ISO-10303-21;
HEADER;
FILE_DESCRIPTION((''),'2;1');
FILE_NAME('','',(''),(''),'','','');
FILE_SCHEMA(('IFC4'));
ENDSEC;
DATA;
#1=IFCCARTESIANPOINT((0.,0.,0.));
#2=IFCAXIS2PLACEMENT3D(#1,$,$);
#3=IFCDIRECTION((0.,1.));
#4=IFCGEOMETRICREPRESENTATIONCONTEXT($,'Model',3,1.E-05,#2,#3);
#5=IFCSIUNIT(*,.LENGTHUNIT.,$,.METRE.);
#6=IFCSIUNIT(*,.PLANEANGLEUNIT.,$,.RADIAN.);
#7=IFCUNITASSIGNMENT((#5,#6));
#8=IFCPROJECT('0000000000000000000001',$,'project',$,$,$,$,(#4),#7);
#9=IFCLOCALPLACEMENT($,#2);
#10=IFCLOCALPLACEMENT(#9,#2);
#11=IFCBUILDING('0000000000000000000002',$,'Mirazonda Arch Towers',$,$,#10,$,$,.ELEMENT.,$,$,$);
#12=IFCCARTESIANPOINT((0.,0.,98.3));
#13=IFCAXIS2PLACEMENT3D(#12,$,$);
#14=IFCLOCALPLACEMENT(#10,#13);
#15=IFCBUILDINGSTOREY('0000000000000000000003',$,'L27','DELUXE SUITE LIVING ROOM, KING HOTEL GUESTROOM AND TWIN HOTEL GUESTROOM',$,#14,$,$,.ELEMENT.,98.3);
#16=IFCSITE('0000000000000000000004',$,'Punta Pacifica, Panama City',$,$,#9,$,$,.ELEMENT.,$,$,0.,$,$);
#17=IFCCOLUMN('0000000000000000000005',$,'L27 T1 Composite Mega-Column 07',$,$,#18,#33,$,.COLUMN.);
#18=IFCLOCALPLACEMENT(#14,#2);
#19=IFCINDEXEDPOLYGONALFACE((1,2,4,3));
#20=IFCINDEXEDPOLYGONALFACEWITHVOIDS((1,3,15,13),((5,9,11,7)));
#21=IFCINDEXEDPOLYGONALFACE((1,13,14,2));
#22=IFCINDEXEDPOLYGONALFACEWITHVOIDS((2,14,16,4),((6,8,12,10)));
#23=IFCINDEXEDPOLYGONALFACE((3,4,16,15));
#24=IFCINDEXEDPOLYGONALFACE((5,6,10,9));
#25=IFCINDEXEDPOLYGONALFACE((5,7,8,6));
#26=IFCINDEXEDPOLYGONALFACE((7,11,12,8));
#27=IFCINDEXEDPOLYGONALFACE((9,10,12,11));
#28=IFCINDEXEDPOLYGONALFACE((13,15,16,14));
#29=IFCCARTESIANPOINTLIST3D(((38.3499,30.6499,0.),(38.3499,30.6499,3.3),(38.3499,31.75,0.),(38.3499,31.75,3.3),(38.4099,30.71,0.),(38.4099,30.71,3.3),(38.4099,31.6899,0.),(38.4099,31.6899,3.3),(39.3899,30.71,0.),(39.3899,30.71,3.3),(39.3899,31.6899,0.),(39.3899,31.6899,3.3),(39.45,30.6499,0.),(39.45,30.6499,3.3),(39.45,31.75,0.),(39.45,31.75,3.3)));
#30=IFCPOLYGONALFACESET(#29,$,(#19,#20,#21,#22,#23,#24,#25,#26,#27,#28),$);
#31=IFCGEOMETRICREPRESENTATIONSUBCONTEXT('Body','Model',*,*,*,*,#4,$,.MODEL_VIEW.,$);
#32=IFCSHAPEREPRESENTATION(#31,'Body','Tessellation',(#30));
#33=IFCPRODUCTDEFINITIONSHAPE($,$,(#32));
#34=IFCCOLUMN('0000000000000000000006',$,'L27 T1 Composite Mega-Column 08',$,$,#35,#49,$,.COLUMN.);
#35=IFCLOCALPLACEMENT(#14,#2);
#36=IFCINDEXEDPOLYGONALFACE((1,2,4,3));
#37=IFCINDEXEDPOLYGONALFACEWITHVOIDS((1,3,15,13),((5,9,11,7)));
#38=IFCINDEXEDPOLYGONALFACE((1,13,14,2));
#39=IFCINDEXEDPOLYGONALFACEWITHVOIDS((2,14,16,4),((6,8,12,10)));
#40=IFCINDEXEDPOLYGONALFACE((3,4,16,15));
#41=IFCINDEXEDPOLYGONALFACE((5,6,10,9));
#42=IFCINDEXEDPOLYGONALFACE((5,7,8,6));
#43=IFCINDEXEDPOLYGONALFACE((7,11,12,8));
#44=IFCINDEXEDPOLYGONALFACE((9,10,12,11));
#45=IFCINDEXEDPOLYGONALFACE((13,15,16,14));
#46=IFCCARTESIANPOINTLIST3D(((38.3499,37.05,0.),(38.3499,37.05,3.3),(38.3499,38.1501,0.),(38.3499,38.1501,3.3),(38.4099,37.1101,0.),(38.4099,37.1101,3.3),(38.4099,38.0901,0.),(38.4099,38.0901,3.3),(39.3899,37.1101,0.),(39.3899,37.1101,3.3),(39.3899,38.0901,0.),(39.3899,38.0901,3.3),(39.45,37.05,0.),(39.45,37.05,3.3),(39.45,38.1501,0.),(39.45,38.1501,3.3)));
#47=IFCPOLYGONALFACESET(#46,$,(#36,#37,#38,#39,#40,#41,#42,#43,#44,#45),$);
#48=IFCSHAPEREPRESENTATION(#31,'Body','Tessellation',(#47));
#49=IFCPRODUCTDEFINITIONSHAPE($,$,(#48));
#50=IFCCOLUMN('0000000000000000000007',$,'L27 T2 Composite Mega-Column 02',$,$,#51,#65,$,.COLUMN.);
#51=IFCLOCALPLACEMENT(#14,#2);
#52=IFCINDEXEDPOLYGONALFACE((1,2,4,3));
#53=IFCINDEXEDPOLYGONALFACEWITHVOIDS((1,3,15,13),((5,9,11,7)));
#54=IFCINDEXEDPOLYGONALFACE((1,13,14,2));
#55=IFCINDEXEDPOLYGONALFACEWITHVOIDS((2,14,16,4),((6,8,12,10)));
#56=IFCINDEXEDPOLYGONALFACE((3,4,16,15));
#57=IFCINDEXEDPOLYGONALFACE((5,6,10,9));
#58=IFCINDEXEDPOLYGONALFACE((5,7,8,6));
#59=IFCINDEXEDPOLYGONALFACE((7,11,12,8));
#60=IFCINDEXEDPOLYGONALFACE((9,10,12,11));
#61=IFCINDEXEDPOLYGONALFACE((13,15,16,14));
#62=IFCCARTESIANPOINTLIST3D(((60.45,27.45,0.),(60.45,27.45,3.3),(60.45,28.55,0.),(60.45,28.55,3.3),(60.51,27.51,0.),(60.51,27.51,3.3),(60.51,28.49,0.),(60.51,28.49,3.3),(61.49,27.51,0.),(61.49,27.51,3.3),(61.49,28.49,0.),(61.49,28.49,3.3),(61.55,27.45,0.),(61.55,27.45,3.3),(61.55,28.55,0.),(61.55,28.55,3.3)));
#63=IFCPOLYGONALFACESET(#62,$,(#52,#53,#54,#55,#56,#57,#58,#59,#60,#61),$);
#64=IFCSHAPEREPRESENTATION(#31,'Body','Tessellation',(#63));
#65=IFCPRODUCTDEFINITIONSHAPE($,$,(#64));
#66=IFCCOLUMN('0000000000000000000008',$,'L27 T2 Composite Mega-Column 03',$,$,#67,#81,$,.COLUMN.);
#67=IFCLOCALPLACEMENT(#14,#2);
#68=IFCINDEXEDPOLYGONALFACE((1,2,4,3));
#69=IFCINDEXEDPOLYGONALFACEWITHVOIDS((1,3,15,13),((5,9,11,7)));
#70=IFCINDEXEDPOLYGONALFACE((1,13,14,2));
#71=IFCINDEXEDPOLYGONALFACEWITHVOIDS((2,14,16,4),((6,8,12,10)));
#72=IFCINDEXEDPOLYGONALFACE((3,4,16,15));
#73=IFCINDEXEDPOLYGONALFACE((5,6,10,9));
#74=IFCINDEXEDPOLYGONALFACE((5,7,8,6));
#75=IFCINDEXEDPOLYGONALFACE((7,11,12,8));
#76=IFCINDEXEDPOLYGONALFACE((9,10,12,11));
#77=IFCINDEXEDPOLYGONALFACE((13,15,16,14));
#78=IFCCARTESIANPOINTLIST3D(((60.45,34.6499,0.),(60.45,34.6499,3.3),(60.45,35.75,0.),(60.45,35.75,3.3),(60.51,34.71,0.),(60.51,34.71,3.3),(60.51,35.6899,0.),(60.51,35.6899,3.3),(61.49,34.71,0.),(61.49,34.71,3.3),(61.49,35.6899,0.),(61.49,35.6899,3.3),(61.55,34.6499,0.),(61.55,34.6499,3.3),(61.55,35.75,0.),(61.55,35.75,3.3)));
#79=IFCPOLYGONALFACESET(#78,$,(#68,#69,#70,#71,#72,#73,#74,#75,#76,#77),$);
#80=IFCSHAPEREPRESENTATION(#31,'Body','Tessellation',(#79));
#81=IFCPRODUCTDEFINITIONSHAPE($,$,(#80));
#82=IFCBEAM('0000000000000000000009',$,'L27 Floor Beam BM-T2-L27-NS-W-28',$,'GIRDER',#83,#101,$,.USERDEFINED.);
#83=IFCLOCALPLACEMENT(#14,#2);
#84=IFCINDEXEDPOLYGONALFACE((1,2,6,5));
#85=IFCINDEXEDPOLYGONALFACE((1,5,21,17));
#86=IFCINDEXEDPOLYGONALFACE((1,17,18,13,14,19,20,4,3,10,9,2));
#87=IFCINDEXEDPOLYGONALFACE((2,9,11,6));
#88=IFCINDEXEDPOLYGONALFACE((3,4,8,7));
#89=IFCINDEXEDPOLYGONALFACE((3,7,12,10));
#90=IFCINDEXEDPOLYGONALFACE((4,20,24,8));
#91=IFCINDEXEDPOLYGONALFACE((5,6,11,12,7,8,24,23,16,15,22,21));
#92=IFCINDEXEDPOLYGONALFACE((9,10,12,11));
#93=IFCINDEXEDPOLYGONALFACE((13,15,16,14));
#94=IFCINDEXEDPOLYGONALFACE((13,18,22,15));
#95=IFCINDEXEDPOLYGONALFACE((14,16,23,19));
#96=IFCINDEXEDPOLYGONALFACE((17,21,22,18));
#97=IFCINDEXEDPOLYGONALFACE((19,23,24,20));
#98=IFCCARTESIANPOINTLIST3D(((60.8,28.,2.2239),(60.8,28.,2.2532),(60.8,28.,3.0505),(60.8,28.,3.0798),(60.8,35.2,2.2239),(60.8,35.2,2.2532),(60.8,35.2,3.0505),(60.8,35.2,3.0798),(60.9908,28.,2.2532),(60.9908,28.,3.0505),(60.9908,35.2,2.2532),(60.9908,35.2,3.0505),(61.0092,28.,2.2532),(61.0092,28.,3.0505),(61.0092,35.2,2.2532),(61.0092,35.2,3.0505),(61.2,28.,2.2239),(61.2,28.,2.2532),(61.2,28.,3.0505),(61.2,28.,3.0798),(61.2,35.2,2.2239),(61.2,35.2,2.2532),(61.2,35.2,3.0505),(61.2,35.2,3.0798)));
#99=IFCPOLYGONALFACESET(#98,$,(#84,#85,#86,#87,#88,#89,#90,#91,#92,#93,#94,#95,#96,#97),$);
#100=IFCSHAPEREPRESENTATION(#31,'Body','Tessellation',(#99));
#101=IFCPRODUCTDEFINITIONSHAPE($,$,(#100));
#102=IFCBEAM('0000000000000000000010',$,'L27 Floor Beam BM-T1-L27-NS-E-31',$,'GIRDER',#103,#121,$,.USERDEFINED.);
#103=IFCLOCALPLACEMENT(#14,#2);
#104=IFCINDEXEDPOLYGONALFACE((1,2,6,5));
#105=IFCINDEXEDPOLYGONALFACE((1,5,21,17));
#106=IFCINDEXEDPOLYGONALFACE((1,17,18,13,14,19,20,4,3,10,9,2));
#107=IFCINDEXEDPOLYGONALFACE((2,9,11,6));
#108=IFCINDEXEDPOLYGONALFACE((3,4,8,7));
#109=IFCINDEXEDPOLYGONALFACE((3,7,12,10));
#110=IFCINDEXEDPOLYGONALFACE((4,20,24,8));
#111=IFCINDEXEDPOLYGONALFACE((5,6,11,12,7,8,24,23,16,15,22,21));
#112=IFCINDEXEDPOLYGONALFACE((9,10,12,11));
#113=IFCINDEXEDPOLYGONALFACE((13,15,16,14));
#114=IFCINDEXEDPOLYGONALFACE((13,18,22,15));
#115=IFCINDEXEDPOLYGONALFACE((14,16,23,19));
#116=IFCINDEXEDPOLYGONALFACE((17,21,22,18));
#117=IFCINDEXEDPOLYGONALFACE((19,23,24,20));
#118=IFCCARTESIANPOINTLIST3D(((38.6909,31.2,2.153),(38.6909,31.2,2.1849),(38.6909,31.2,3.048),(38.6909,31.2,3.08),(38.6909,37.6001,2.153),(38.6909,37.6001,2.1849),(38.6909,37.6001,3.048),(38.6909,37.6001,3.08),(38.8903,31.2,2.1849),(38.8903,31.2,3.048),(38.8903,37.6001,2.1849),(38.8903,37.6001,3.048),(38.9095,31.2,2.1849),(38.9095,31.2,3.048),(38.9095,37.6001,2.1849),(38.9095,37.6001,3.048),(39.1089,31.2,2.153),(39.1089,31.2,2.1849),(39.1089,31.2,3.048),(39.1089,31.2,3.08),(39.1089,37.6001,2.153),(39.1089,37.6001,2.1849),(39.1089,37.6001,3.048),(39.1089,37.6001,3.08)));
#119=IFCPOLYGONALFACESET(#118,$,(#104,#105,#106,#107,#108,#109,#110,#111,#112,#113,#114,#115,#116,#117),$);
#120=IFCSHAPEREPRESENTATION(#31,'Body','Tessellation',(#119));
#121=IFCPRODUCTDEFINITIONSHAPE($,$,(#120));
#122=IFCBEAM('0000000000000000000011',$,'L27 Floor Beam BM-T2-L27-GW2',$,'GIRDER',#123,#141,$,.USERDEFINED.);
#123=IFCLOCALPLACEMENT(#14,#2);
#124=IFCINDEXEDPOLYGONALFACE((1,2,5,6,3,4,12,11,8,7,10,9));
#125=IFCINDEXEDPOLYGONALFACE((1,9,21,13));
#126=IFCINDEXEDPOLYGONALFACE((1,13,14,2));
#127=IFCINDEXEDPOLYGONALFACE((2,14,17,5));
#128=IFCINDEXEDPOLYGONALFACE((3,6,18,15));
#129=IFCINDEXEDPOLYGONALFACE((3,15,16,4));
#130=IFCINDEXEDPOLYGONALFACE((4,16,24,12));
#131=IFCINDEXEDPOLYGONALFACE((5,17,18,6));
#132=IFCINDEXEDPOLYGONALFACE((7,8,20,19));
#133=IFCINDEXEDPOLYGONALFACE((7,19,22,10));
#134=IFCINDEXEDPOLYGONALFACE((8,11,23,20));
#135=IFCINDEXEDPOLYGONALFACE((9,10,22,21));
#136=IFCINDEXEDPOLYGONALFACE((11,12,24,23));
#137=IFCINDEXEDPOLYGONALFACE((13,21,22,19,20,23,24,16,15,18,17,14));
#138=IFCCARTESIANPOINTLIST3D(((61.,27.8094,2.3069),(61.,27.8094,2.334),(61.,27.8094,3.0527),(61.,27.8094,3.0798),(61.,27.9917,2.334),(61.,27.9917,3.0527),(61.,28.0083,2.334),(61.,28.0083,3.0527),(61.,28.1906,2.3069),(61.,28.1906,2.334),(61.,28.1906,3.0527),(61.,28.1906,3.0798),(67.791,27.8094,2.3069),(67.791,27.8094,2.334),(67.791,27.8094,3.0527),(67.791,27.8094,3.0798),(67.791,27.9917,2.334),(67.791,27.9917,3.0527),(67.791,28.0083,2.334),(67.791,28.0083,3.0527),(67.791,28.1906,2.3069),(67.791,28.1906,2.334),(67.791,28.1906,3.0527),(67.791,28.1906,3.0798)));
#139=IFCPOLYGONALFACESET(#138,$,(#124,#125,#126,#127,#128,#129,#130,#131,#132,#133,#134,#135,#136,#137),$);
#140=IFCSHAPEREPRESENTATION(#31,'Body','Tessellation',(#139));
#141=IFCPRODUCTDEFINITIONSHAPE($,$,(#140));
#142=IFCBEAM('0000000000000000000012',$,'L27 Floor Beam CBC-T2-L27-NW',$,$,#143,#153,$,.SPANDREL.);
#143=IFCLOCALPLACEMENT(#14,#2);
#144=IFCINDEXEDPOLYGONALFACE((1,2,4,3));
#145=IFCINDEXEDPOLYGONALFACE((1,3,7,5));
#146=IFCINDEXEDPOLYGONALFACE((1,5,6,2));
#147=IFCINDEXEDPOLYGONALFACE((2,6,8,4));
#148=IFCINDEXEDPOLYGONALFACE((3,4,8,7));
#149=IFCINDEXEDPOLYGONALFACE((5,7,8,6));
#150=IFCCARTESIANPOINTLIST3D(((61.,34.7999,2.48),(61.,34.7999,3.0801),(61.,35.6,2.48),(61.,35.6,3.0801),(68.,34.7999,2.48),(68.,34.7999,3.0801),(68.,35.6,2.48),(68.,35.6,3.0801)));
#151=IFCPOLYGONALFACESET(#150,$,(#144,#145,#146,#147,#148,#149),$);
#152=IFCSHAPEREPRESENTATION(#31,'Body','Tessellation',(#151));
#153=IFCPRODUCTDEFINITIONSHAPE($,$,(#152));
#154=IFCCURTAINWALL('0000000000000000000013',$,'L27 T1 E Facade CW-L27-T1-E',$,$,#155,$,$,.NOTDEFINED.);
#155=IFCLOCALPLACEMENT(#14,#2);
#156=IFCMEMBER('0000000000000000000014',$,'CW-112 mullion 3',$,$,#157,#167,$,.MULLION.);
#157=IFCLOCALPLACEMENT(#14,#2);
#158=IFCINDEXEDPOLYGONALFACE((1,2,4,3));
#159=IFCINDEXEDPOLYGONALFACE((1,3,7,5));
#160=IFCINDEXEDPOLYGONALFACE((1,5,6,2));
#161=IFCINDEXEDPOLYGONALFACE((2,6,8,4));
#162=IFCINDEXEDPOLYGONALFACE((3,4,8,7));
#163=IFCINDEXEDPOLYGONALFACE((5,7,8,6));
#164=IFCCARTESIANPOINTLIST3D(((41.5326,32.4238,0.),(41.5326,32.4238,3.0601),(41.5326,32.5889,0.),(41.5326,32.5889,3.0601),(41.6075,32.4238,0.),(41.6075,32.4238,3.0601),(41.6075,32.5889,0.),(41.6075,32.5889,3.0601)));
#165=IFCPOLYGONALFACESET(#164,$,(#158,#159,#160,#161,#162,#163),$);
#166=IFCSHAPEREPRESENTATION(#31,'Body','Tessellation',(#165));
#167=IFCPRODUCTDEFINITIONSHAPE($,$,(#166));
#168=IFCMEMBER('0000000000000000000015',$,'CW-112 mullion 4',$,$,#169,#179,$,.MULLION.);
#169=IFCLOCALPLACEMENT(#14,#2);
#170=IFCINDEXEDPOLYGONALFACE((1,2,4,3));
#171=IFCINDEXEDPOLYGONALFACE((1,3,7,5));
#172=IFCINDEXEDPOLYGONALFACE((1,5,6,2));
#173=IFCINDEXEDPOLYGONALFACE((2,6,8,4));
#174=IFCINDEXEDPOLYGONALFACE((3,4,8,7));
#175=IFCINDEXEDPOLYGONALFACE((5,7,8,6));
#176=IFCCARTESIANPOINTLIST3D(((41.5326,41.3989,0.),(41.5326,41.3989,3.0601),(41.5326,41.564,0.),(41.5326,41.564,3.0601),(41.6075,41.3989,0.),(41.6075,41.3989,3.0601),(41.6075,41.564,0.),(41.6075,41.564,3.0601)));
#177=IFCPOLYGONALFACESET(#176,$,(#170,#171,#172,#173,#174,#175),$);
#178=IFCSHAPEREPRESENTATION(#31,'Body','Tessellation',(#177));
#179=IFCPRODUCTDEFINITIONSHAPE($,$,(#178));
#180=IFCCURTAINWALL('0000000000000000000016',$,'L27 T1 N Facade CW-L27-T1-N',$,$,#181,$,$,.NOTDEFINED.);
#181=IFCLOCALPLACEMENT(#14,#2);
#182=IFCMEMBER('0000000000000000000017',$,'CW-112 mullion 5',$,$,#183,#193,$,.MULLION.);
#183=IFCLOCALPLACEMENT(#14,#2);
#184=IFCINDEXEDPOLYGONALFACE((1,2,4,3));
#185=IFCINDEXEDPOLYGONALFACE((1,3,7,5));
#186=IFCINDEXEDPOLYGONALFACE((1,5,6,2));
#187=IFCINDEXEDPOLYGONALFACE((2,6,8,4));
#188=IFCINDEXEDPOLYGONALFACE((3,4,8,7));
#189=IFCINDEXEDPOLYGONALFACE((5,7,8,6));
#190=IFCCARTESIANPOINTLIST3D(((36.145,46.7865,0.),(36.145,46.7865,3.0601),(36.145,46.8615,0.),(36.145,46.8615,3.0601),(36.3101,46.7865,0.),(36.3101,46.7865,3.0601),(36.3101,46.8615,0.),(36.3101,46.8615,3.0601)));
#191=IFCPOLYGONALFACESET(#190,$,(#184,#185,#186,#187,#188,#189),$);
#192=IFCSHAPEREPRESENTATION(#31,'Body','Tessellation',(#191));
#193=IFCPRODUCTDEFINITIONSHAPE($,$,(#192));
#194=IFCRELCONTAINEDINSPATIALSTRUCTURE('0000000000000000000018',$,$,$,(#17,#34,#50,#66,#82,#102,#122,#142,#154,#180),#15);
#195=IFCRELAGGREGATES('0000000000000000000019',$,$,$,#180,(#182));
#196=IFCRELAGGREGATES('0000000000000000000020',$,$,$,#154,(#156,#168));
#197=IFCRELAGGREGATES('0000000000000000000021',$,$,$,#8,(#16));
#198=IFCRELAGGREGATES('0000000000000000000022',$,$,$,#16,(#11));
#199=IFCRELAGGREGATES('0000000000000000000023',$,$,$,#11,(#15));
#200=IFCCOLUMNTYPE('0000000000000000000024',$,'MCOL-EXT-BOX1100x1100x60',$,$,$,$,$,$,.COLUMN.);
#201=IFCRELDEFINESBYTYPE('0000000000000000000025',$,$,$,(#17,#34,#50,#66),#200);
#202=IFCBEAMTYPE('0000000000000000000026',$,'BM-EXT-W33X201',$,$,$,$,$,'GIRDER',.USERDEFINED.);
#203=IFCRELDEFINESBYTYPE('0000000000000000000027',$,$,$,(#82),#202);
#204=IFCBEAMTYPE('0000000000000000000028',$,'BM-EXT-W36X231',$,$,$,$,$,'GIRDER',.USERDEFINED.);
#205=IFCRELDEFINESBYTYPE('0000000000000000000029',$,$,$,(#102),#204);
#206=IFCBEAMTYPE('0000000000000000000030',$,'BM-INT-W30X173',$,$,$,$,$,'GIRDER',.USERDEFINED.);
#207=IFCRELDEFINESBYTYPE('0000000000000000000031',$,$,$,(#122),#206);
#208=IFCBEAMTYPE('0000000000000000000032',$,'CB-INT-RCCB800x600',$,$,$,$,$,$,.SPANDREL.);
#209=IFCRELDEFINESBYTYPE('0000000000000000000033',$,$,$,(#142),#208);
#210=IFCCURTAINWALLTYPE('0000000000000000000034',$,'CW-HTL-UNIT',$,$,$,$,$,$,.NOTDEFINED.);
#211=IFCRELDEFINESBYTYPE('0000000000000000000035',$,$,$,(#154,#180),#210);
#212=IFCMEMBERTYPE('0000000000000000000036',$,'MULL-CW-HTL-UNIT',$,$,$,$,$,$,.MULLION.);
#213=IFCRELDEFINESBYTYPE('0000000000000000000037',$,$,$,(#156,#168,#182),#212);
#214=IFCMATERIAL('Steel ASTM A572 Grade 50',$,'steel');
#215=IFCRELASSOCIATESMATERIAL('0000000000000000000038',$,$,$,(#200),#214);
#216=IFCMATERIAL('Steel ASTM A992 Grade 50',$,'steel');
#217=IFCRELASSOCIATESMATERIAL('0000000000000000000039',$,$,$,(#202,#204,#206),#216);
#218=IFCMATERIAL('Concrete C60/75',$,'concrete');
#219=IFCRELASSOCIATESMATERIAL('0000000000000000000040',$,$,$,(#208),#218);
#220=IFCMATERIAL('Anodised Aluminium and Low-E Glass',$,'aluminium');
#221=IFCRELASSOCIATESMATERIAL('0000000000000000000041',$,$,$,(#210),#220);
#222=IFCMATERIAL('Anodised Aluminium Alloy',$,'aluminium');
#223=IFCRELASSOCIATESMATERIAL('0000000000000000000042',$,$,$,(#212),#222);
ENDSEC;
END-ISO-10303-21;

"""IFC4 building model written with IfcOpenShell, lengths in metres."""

from ifc_helpers import new_model, si_unit, direction, frame, origin, origin_2d, place, context, subcontext, project, spatial, rectangle, hollow_rectangle, i_section, extrude, material, material_profile, profile_set, type_object, element, aggregate, save


model = new_model("IFC4")

# Units and contexts
model_context = context("Model", 3, precision=1e-05, world=origin(), true_north=direction((0.0, 1.0)))
body_context = subcontext(model_context, "Body", "Model", "MODEL_VIEW")
ifc_project = project(units=[si_unit("LENGTHUNIT", "METRE"), si_unit("PLANEANGLEUNIT", "RADIAN")], contexts=[model_context])

# Site, building, storey
site_placement = place(None, origin())
site = spatial("IfcSite", under=ifc_project, at=site_placement, Name="Punta Pacifica, Panama City", CompositionType="ELEMENT", RefElevation=0.0)
building_placement = place(site_placement, origin())
building = spatial("IfcBuilding", under=site, at=building_placement, Name="Mirazonda Arch Towers", CompositionType="ELEMENT")
storey_placement = place(building_placement, frame((0.0, 0.0, 98.3)))
storey = spatial("IfcBuildingStorey", under=building, at=storey_placement, Name="L27", Description="DELUXE SUITE LIVING ROOM, KING HOTEL GUESTROOM AND TWIN HOTEL GUESTROOM", CompositionType="ELEMENT", Elevation=98.3)

# Columns
ifc_material_1 = material(Name="Steel ASTM A572 Grade 50", Category="steel")
ifc_material_profile_1 = material_profile(ifc_material_1, hollow_rectangle(XDim=1.1001, YDim=1.1001, WallThickness=0.0601, at=origin_2d()), Name="BOX1100x1100x60")
ifc_profile_set_1 = profile_set([ifc_material_profile_1], Name="Steel ASTM A572 Grade 50")
column_type = type_object("IfcColumnType", Name="MCOL-EXT-BOX1100x1100x60", PredefinedType="COLUMN", material=ifc_profile_set_1)
for number, where, z_axis, x_axis, name in (
    (1, (38.8999, 31.2, 0.0), (0.0, 0.0, 1.0), (1.0, 0.0, 0.0), "L27 T1 Composite Mega-Column 07"),
    (2, (38.8999, 37.6001, 0.0), (0.0, 0.0, 1.0), (1.0, 0.0, 0.0), "L27 T1 Composite Mega-Column 08"),
    (3, (61.0, 28.0, 0.0), (0.0, 0.0, 1.0), (1.0, 0.0, 0.0), "L27 T2 Composite Mega-Column 02"),
    (4, (61.0, 35.2, 0.0), (0.0, 0.0, 1.0), (1.0, 0.0, 0.0), "L27 T2 Composite Mega-Column 03"),
):
    element("IfcColumn", number, at=place(storey_placement, frame(where, z_axis=z_axis, x_axis=x_axis)), inside=storey, type_object=column_type, Name=name, PredefinedType="COLUMN", context=body_context, shape_type="SweptSolid", body=[
        extrude(hollow_rectangle(XDim=1.1001, YDim=1.1001, WallThickness=0.0601, at=origin_2d()), origin(), (0.0, 0.0, 1.0), 3.3),
    ])

# Beams
ifc_material_2 = material(Name="Steel ASTM A992 Grade 50", Category="steel")
ifc_material_profile_2 = material_profile(ifc_material_2, i_section(OverallWidth=0.3999, OverallDepth=0.856, WebThickness=0.0183, FlangeThickness=0.0293, at=origin_2d()), Name="W33X201")
ifc_profile_set_2 = profile_set([ifc_material_profile_2], Name="Steel ASTM A992 Grade 50")
beam_type_1 = type_object("IfcBeamType", Name="BM-EXT-W33X201", ElementType="GIRDER", PredefinedType="USERDEFINED", material=ifc_profile_set_2)
beam_1_placement = place(storey_placement, frame((61.0, 28.0, 2.6519), z_axis=(0.0, 1.0, 0.0), x_axis=(-1.0, 0.0, 0.0)))
element("IfcBeam", 5, at=beam_1_placement, inside=storey, type_object=beam_type_1, Name="L27 Floor Beam BM-T2-L27-NS-W-28", ObjectType="GIRDER", PredefinedType="USERDEFINED", context=body_context, shape_type="SweptSolid", body=[
    extrude(i_section(OverallWidth=0.3999, OverallDepth=0.856, WebThickness=0.0183, FlangeThickness=0.0293, at=origin_2d()), origin(), (0.0, 0.0, 1.0), 7.2),
])
ifc_material_profile_3 = material_profile(ifc_material_2, i_section(OverallWidth=0.418, OverallDepth=0.927, WebThickness=0.0193, FlangeThickness=0.032, at=origin_2d()), Name="W36X231")
ifc_profile_set_3 = profile_set([ifc_material_profile_3], Name="Steel ASTM A992 Grade 50")
beam_type_2 = type_object("IfcBeamType", Name="BM-EXT-W36X231", ElementType="GIRDER", PredefinedType="USERDEFINED", material=ifc_profile_set_3)
beam_2_placement = place(storey_placement, frame((38.8999, 31.2, 2.6165), z_axis=(0.0, 1.0, 0.0), x_axis=(-1.0, 0.0, 0.0)))
element("IfcBeam", 6, at=beam_2_placement, inside=storey, type_object=beam_type_2, Name="L27 Floor Beam BM-T1-L27-NS-E-31", ObjectType="GIRDER", PredefinedType="USERDEFINED", context=body_context, shape_type="SweptSolid", body=[
    extrude(i_section(OverallWidth=0.418, OverallDepth=0.927, WebThickness=0.0193, FlangeThickness=0.032, at=origin_2d()), origin(), (0.0, 0.0, 1.0), 6.4001),
])
ifc_material_profile_4 = material_profile(ifc_material_2, i_section(OverallWidth=0.3811, OverallDepth=0.7729, WebThickness=0.0166, FlangeThickness=0.0271, at=origin_2d()), Name="W30X173")
ifc_profile_set_4 = profile_set([ifc_material_profile_4], Name="Steel ASTM A992 Grade 50")
beam_type_3 = type_object("IfcBeamType", Name="BM-INT-W30X173", ElementType="GIRDER", PredefinedType="USERDEFINED", material=ifc_profile_set_4)
beam_3_placement = place(storey_placement, frame((61.0, 28.0, 2.6934), z_axis=(1.0, 0.0, 0.0), x_axis=(0.0, 1.0, 0.0)))
element("IfcBeam", 7, at=beam_3_placement, inside=storey, type_object=beam_type_3, Name="L27 Floor Beam BM-T2-L27-GW2", ObjectType="GIRDER", PredefinedType="USERDEFINED", context=body_context, shape_type="SweptSolid", body=[
    extrude(i_section(OverallWidth=0.3811, OverallDepth=0.7729, WebThickness=0.0166, FlangeThickness=0.0271, at=origin_2d()), origin(), (0.0, 0.0, 1.0), 6.791),
])
ifc_material_3 = material(Name="Concrete C60/75", Category="concrete")
ifc_material_profile_5 = material_profile(ifc_material_3, rectangle(XDim=0.8, YDim=0.6001, at=origin_2d()), Name="RCCB800x600")
ifc_profile_set_5 = profile_set([ifc_material_profile_5], Name="Concrete C60/75")
beam_type_4 = type_object("IfcBeamType", Name="CB-INT-RCCB800x600", PredefinedType="SPANDREL", material=ifc_profile_set_5)
beam_4_placement = place(storey_placement, frame((61.0, 35.2, 2.78), z_axis=(1.0, 0.0, 0.0), x_axis=(0.0, 1.0, 0.0)))
element("IfcBeam", 8, at=beam_4_placement, inside=storey, type_object=beam_type_4, Name="L27 Floor Beam CBC-T2-L27-NW", PredefinedType="SPANDREL", context=body_context, shape_type="SweptSolid", body=[
    extrude(rectangle(XDim=0.8, YDim=0.6001, at=origin_2d()), origin(), (0.0, 0.0, 1.0), 7.0),
])

# Curtain wall, members
ifc_material_4 = material(Name="Anodised Aluminium and Low-E Glass", Category="aluminium")
curtain_wall_type = type_object("IfcCurtainWallType", Name="CW-HTL-UNIT", PredefinedType="NOTDEFINED", material=ifc_material_4)
curtain_wall_1_placement = place(storey_placement, origin())
curtain_wall_1 = element("IfcCurtainWall", 9, at=curtain_wall_1_placement, inside=storey, type_object=curtain_wall_type, Name="L27 T1 E Facade CW-L27-T1-E", PredefinedType="NOTDEFINED")
ifc_material_5 = material(Name="Anodised Aluminium Alloy", Category="aluminium")
ifc_material_profile_6 = material_profile(ifc_material_5, rectangle(XDim=0.075, YDim=0.165, at=origin_2d()), Name="ALU-MULL-75x165")
ifc_profile_set_6 = profile_set([ifc_material_profile_6], Name="Anodised Aluminium Alloy")
member_type_1 = type_object("IfcMemberType", Name="MULL-CW-HTL-UNIT", PredefinedType="MULLION", material=ifc_profile_set_6)
member_1_placement = place(storey_placement, frame((41.5701, 32.5063, 0.0), z_axis=(0.0, 0.0, 1.0), x_axis=(-1.0, 0.0, 0.0)))
member_1 = element("IfcMember", 10, at=member_1_placement, type_object=member_type_1, Name="CW-112 mullion 3", PredefinedType="MULLION", context=body_context, shape_type="SweptSolid", body=[
    extrude(rectangle(XDim=0.075, YDim=0.165, at=origin_2d()), origin(), (0.0, 0.0, 1.0), 3.0601),
])
member_2_placement = place(storey_placement, frame((41.5701, 41.4814, 0.0), z_axis=(0.0, 0.0, 1.0), x_axis=(-1.0, 0.0, 0.0)))
member_2 = element("IfcMember", 11, at=member_2_placement, type_object=member_type_1, Name="CW-112 mullion 4", PredefinedType="MULLION", context=body_context, shape_type="SweptSolid", body=[
    extrude(rectangle(XDim=0.075, YDim=0.165, at=origin_2d()), origin(), (0.0, 0.0, 1.0), 3.0601),
])

# Curtain wall, member
curtain_wall_2_placement = place(storey_placement, origin())
curtain_wall_2 = element("IfcCurtainWall", 12, at=curtain_wall_2_placement, inside=storey, type_object=curtain_wall_type, Name="L27 T1 N Facade CW-L27-T1-N", PredefinedType="NOTDEFINED")
member_3_placement = place(storey_placement, frame((36.2275, 46.824, 0.0), z_axis=(0.0, 0.0, 1.0), x_axis=(0.0, 1.0, 0.0)))
member_3 = element("IfcMember", 13, at=member_3_placement, type_object=member_type_1, Name="CW-112 mullion 5", PredefinedType="MULLION", context=body_context, shape_type="SweptSolid", body=[
    extrude(rectangle(XDim=0.075, YDim=0.165, at=origin_2d()), origin(), (0.0, 0.0, 1.0), 3.0601),
])
aggregate(curtain_wall_2, [member_3])

aggregate(curtain_wall_1, [member_1, member_2])

save(model, "model.ifc")
